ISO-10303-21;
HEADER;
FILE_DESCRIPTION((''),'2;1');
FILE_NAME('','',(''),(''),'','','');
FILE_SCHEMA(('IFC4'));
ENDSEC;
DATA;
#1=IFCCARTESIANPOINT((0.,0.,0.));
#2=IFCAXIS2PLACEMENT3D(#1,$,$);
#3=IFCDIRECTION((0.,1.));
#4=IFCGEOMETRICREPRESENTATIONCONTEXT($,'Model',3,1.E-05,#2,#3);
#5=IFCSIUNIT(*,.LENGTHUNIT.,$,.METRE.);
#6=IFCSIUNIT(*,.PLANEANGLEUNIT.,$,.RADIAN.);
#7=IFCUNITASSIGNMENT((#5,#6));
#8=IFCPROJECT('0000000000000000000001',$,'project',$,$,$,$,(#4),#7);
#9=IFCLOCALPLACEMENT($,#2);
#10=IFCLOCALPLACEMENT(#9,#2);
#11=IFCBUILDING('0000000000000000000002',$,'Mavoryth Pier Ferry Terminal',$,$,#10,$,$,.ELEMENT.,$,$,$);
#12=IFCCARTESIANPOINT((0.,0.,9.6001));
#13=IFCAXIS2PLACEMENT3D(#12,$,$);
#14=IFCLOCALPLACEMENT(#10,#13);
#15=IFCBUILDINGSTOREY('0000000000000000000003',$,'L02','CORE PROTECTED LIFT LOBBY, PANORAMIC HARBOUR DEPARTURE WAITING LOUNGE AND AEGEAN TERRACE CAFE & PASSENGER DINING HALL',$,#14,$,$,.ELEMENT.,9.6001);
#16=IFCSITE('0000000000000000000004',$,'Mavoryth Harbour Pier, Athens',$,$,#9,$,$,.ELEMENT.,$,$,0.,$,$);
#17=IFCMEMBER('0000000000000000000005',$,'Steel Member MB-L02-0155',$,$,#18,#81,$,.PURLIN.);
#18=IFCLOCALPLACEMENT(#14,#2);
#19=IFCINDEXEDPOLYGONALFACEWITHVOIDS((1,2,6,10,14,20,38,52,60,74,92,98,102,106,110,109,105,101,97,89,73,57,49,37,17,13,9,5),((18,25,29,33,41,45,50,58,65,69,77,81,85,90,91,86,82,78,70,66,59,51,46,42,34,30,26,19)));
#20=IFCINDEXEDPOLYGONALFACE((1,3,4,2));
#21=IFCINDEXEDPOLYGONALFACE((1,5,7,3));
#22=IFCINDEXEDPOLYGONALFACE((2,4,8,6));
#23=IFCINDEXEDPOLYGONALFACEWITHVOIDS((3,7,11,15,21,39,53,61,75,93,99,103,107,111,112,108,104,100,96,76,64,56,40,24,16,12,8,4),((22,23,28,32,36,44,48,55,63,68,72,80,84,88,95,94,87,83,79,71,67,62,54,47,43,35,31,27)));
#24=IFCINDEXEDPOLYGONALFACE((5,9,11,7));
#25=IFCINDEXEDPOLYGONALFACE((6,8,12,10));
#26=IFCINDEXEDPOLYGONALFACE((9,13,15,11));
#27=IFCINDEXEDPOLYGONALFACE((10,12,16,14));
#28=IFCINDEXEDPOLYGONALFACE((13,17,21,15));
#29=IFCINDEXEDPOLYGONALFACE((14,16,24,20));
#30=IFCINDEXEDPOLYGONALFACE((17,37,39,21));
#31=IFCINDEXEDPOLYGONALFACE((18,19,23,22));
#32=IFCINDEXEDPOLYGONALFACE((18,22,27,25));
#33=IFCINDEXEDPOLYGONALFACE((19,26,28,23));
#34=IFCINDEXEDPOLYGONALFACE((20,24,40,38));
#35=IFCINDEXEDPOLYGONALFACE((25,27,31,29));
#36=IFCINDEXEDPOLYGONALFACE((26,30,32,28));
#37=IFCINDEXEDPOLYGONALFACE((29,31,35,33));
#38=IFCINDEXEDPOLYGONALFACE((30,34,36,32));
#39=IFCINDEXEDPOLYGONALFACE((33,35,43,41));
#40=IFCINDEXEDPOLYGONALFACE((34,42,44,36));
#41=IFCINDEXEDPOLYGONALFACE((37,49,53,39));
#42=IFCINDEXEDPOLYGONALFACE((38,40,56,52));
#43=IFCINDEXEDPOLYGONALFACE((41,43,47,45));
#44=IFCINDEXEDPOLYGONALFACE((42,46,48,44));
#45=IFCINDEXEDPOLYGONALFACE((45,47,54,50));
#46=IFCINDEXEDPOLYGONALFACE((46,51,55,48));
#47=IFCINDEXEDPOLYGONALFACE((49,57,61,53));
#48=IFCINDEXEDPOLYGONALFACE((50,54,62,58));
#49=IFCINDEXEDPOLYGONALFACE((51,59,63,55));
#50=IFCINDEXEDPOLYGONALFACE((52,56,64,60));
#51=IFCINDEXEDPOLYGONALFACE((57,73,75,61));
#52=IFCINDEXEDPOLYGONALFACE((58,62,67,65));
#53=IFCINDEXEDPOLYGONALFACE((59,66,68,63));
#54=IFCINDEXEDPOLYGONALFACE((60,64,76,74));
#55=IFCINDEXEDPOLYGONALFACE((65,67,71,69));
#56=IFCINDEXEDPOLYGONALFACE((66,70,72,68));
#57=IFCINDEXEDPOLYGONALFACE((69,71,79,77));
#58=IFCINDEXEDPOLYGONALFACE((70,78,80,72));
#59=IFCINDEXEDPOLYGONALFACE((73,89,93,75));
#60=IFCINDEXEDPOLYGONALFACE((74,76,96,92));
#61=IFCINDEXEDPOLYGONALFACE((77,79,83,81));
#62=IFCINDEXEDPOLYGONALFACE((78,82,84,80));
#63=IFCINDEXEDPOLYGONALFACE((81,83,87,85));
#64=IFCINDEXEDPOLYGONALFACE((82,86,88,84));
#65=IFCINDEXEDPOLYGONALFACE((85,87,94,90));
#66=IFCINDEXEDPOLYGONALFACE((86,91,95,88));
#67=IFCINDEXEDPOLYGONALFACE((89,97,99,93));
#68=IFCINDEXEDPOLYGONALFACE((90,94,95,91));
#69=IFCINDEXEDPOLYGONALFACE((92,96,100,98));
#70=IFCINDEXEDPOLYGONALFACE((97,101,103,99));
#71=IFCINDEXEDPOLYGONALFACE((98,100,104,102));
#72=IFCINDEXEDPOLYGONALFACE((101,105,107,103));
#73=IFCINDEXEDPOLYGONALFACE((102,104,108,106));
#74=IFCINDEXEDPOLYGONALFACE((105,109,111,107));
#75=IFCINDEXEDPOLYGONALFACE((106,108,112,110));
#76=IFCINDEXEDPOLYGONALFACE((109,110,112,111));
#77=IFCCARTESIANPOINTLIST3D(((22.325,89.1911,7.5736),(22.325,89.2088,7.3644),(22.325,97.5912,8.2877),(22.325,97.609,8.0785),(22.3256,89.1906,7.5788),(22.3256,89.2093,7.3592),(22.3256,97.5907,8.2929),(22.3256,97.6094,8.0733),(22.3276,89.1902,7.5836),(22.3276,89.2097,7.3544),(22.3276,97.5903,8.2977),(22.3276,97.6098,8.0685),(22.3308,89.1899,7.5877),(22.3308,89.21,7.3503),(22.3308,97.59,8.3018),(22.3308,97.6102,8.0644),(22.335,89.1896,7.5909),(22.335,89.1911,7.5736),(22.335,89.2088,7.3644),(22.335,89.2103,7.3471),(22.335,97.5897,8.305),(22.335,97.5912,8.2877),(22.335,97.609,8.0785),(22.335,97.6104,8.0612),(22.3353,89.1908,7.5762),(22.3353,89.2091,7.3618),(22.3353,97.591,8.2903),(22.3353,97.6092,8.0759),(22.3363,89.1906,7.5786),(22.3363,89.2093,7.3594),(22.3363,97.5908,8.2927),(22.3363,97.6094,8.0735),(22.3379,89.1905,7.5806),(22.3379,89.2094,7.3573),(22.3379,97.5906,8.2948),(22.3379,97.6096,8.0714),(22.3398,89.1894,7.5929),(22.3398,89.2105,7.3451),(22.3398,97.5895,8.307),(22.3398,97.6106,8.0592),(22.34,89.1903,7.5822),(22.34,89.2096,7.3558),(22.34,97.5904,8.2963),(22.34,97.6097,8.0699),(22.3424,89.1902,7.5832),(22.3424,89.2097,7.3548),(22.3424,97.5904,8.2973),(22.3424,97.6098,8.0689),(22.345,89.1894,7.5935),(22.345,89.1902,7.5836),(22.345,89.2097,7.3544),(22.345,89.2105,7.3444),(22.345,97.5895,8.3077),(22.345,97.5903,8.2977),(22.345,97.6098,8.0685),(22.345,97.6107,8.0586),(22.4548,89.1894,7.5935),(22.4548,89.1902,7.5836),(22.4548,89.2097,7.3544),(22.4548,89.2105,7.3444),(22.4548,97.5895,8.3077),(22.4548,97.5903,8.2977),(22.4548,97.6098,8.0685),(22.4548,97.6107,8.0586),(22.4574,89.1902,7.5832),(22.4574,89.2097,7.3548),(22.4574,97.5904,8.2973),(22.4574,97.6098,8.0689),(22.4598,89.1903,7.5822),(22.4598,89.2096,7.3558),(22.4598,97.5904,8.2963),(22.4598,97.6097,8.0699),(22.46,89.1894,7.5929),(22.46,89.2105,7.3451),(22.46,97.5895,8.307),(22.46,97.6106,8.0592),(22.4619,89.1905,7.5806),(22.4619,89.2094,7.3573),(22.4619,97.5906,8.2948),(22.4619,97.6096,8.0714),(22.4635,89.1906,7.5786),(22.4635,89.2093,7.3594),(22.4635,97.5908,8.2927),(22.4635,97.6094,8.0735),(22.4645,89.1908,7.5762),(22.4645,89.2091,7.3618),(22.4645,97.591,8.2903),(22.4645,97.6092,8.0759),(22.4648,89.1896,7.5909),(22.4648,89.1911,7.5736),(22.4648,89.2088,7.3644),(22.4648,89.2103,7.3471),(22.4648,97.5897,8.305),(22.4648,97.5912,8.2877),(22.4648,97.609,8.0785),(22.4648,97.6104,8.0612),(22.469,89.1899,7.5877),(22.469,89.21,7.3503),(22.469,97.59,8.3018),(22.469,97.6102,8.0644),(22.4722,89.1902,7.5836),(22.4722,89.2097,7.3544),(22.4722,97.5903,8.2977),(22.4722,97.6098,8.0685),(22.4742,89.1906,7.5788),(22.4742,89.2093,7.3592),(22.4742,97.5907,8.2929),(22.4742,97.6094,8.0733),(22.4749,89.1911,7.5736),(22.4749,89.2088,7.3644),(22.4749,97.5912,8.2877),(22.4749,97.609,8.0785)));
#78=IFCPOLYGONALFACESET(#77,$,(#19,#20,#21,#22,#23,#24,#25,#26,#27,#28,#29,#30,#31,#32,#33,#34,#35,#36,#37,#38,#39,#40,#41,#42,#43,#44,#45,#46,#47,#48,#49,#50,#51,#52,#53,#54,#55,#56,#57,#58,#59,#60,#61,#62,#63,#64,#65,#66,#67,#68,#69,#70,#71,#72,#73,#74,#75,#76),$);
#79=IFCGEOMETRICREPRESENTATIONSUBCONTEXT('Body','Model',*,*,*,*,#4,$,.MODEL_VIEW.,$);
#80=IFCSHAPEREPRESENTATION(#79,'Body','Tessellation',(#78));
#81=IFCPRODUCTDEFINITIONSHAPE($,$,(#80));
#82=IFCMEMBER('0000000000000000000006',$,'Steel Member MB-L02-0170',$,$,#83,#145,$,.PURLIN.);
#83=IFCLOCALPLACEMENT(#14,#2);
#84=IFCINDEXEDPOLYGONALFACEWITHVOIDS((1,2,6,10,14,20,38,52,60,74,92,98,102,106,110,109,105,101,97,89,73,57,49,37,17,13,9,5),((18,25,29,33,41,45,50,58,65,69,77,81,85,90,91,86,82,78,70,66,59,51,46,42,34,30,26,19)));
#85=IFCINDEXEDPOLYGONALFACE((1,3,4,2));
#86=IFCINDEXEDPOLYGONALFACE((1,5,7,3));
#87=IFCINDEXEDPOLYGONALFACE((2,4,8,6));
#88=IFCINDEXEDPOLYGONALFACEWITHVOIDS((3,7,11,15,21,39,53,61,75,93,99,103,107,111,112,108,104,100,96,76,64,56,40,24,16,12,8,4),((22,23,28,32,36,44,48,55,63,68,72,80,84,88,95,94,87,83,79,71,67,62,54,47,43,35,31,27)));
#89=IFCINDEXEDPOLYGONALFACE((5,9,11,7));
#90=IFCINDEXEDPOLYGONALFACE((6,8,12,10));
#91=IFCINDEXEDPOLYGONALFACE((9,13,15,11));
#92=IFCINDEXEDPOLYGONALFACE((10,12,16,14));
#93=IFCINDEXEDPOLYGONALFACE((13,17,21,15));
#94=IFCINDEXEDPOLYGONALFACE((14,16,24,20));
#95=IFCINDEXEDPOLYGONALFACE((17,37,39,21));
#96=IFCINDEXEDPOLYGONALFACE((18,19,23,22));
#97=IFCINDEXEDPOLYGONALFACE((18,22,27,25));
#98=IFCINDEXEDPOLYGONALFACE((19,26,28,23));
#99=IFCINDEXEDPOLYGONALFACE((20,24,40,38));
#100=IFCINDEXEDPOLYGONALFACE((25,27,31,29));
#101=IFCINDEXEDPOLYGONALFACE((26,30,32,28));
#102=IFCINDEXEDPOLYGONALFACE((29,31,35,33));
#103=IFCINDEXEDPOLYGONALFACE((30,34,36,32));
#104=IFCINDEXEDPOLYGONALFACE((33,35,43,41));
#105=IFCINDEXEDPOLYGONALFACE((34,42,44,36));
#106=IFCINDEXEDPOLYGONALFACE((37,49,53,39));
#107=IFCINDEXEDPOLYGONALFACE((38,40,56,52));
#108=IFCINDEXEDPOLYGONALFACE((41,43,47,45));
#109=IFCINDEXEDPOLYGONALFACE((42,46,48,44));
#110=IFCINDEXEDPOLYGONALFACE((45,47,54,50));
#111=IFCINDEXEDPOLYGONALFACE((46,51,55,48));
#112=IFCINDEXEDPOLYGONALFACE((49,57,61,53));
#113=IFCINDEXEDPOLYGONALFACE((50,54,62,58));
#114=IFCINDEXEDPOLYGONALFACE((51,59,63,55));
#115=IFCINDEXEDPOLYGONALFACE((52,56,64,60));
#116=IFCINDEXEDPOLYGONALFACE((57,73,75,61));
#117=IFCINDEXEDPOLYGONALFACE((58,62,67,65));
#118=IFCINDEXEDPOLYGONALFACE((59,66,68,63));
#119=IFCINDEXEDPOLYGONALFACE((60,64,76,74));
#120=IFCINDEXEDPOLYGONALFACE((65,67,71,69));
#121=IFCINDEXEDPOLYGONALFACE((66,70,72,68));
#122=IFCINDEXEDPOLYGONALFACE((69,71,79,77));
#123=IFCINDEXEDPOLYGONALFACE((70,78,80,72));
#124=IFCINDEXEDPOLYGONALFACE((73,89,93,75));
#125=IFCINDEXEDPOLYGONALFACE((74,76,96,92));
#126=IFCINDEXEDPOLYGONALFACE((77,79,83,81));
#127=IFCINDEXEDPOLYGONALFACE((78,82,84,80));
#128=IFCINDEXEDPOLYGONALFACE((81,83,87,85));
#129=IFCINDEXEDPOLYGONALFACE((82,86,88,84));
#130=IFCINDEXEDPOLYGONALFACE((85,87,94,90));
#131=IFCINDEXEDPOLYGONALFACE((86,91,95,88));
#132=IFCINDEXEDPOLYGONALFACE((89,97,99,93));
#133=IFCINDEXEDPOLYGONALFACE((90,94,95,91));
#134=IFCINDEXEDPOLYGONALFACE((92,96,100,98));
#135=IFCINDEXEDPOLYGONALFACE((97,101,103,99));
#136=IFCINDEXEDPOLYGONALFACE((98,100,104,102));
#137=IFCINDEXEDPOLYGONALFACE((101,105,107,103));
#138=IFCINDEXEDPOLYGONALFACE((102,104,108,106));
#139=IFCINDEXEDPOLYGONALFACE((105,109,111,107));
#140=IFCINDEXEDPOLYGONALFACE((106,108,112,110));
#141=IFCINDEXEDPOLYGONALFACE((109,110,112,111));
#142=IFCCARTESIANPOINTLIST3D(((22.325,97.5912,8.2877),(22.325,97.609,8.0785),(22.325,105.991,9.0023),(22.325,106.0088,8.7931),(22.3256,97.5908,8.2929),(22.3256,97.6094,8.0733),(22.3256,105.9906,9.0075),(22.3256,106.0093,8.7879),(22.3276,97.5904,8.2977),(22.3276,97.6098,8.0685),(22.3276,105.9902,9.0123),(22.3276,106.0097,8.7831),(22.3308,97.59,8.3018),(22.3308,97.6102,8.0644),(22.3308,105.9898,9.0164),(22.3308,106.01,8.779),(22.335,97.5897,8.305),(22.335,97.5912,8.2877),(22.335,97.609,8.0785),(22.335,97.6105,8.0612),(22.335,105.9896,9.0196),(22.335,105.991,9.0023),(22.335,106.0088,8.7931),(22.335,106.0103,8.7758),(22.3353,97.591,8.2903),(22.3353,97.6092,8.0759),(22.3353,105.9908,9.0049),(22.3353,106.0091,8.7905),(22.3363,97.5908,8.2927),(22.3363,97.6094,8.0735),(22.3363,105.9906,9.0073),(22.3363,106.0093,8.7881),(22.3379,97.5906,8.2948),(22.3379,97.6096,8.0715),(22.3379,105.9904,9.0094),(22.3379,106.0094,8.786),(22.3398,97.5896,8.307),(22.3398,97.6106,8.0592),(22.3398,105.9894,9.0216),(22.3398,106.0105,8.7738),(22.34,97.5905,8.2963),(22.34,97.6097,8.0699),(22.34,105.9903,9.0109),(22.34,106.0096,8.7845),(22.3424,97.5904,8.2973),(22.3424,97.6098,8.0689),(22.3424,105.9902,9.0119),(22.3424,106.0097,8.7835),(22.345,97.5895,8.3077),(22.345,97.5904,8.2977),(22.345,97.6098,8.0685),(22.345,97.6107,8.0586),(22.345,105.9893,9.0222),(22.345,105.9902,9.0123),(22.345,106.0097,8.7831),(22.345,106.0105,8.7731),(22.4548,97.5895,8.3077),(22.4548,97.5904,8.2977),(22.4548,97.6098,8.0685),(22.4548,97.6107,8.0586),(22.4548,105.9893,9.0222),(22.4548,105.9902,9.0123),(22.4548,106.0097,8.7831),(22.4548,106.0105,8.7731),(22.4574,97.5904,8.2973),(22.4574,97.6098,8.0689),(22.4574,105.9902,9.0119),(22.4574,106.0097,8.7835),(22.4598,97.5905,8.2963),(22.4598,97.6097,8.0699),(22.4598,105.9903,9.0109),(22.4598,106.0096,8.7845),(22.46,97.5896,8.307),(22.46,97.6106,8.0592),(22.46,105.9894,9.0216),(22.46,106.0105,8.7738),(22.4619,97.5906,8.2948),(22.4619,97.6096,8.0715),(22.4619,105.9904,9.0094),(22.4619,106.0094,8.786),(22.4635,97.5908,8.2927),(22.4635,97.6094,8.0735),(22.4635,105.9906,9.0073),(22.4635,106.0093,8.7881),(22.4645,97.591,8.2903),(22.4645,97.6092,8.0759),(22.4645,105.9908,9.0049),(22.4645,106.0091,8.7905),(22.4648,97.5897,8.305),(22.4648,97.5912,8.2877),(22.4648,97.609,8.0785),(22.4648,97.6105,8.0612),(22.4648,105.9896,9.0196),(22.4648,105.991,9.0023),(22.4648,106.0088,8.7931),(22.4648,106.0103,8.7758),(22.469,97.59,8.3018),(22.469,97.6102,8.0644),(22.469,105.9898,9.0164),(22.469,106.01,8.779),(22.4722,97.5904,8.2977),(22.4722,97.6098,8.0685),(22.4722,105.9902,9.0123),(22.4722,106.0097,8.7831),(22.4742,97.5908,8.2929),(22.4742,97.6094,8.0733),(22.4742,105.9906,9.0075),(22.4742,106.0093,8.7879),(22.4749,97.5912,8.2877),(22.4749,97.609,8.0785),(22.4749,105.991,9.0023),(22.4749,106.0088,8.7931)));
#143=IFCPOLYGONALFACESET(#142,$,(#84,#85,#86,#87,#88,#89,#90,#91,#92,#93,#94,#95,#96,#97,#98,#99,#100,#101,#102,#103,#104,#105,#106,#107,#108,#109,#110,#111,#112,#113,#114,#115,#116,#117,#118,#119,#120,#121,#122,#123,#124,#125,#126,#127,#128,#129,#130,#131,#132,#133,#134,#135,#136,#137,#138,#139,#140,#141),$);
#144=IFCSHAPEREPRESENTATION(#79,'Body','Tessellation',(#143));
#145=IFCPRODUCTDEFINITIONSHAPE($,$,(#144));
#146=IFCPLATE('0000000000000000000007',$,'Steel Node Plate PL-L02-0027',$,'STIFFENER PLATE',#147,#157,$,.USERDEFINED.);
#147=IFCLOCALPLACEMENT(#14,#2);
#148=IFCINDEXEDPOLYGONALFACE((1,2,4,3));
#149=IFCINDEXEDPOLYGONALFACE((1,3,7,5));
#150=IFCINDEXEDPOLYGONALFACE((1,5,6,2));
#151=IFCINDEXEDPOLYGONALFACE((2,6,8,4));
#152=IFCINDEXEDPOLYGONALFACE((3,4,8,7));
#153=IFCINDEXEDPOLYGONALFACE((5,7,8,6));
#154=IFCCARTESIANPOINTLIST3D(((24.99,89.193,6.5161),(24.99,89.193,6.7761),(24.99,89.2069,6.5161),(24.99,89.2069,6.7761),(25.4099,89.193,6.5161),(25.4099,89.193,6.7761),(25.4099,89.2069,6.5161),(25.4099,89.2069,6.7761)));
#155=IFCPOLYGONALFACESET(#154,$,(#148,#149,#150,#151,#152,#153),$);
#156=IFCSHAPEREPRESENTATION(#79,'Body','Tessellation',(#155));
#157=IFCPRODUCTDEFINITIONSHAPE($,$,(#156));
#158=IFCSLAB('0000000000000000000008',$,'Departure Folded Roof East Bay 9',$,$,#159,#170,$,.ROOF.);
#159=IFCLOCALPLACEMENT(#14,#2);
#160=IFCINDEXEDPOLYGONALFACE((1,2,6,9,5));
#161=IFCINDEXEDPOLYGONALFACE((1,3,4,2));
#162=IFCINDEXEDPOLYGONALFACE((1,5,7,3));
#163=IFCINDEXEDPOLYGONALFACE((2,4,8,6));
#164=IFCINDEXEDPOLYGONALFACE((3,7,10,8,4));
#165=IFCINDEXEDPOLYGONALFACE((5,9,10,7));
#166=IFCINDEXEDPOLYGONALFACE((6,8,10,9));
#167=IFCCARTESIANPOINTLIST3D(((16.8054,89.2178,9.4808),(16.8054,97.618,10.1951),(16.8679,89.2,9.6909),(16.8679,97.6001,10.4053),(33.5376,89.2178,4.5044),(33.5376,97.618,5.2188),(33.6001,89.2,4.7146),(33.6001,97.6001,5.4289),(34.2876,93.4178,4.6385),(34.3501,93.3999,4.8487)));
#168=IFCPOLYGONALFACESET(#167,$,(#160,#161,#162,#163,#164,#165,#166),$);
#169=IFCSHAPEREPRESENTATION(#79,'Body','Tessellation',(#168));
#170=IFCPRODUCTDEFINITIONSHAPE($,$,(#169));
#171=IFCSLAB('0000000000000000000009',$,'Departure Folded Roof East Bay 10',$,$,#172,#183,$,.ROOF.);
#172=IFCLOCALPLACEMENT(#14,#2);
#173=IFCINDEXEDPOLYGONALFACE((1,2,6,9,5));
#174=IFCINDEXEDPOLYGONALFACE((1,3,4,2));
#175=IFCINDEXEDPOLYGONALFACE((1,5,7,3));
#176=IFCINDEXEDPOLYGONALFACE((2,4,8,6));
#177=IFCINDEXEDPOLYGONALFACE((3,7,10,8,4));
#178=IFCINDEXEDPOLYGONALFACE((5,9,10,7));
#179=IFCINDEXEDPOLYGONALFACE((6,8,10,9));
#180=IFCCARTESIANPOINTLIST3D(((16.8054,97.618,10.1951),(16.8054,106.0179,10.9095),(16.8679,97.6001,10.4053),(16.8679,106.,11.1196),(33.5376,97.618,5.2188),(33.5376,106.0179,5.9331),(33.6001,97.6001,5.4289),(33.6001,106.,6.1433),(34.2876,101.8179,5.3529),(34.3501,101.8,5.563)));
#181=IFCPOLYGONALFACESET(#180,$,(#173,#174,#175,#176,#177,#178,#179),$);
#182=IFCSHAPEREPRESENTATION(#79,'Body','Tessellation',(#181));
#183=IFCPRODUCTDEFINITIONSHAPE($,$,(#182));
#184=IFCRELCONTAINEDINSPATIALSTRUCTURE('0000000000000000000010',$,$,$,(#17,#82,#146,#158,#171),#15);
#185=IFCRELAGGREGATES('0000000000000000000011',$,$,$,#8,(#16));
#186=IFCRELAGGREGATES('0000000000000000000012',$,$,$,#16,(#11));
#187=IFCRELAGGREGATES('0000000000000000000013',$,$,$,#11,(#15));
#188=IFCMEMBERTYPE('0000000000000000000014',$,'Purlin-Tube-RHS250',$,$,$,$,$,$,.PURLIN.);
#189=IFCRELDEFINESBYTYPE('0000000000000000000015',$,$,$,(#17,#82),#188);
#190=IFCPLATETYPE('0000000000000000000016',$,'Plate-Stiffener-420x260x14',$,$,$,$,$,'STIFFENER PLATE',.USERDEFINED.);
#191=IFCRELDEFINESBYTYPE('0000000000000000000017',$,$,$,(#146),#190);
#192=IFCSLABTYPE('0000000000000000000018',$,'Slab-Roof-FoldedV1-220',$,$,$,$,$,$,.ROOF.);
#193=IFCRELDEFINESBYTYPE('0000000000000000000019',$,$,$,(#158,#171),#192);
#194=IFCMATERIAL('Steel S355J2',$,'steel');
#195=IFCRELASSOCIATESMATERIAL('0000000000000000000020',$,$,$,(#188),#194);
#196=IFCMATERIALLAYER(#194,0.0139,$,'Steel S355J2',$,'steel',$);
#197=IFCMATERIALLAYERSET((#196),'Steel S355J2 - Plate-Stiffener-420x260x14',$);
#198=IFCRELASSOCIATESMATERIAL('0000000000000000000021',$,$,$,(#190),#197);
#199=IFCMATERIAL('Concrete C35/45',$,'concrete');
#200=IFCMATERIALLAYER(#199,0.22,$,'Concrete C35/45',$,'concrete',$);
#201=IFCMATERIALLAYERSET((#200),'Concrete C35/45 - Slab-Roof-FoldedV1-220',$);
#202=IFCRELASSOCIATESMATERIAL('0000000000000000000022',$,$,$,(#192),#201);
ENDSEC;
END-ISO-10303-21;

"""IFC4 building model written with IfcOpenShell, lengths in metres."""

from ifc_helpers import new_model, si_unit, direction, frame, origin, origin_2d, place, context, subcontext, project, spatial, polyline, rectangle, hollow_rectangle, outline, extrude, material, layer, layer_set, material_profile, profile_set, type_object, element, save


model = new_model("IFC4")

# Units and contexts
model_context = context("Model", 3, precision=1e-05, world=origin(), true_north=direction((0.0, 1.0)))
body_context = subcontext(model_context, "Body", "Model", "MODEL_VIEW")
ifc_project = project(units=[si_unit("LENGTHUNIT", "METRE"), si_unit("PLANEANGLEUNIT", "RADIAN")], contexts=[model_context])

# Site, building, storey
site_placement = place(None, origin())
site = spatial("IfcSite", under=ifc_project, at=site_placement, Name="Mavoryth Harbour Pier, Athens", CompositionType="ELEMENT", RefElevation=0.0)
building_placement = place(site_placement, origin())
building = spatial("IfcBuilding", under=site, at=building_placement, Name="Mavoryth Pier Ferry Terminal", CompositionType="ELEMENT")
storey_placement = place(building_placement, frame((0.0, 0.0, 9.6001)))
storey = spatial("IfcBuildingStorey", under=building, at=storey_placement, Name="L02", Description="CORE PROTECTED LIFT LOBBY, PANORAMIC HARBOUR DEPARTURE WAITING LOUNGE AND AEGEAN TERRACE CAFE & PASSENGER DINING HALL", CompositionType="ELEMENT", Elevation=9.6001)

# Shared definitions
ifc_material_1 = material(Name="Steel S355J2", Category="steel")

# Shared definitions
ifc_material_2 = material(Name="Concrete C35/45", Category="concrete")

# Members
ifc_material_profile_1 = material_profile(ifc_material_1, hollow_rectangle(XDim=0.1499, YDim=0.25, WallThickness=0.01, InnerFilletRadius=0.01, OuterFilletRadius=0.02, at=origin_2d()), Name="RHS 250x150x10.0", Category="steel")
ifc_profile_set_1 = profile_set([ifc_material_profile_1], Name="Steel S355J2 - RHS 250x150x10.0")
member_type_1 = type_object("IfcMemberType", Name="Purlin-Tube-RHS250", PredefinedType="PURLIN", material=ifc_profile_set_1)
member_1_placement = place(storey_placement, frame((22.3999, 89.2, 7.469), z_axis=(0.0, 0.996406, 0.084706), x_axis=(-1.0, 0.0, 0.0)))
element("IfcMember", 1, at=member_1_placement, inside=storey, type_object=member_type_1, Name="Steel Member MB-L02-0155", PredefinedType="PURLIN", context=body_context, shape_type="SweptSolid", body=[
    extrude(hollow_rectangle(XDim=0.1499, YDim=0.25, WallThickness=0.01, InnerFilletRadius=0.01, OuterFilletRadius=0.02, at=origin_2d()), origin(), (0.0, 0.0, 1.0), 8.4304),
])
member_2_placement = place(storey_placement, frame((22.3999, 97.6001, 8.1831), z_axis=(0.0, 0.996401, 0.084766), x_axis=(-1.0, 0.0, 0.0)))
element("IfcMember", 2, at=member_2_placement, inside=storey, type_object=member_type_1, Name="Steel Member MB-L02-0170", PredefinedType="PURLIN", context=body_context, shape_type="SweptSolid", body=[
    extrude(hollow_rectangle(XDim=0.1499, YDim=0.25, WallThickness=0.01, InnerFilletRadius=0.01, OuterFilletRadius=0.02, at=origin_2d()), origin(), (0.0, 0.0, 1.0), 8.4302),
])

# Plate
ifc_layer_1 = layer(ifc_material_1, 0.0139, Name="Steel S355J2", Category="steel")
ifc_layer_set_1 = layer_set([ifc_layer_1], Name="Steel S355J2 - Plate-Stiffener-420x260x14")
plate_type = type_object("IfcPlateType", Name="Plate-Stiffener-420x260x14", ElementType="STIFFENER PLATE", PredefinedType="USERDEFINED", material=ifc_layer_set_1)
plate_placement = place(storey_placement, frame((25.2, 89.2, 6.5161), z_axis=(0.0, 0.0, 1.0), x_axis=(1.0, 0.0, 0.0)))
element("IfcPlate", 3, at=plate_placement, inside=storey, type_object=plate_type, Name="Steel Node Plate PL-L02-0027", ObjectType="STIFFENER PLATE", PredefinedType="USERDEFINED", context=body_context, shape_type="SweptSolid", body=[
    extrude(rectangle(XDim=0.4199, YDim=0.0139, at=origin_2d()), origin(), (0.0, 0.0, 1.0), 0.26),
])

# Slabs
ifc_layer_2 = layer(ifc_material_2, 0.22, Name="Concrete C35/45", Category="concrete")
ifc_layer_set_2 = layer_set([ifc_layer_2], Name="Concrete C35/45 - Slab-Roof-FoldedV1-220")
slab_type = type_object("IfcSlabType", Name="Slab-Roof-FoldedV1-220", PredefinedType="ROOF", material=ifc_layer_set_2)
slab_1_placement = place(storey_placement, frame((16.8679, 89.2, 9.6909), z_axis=(0.284129, -0.081243, 0.955338), x_axis=(0.958506, 0.0, -0.285072)))
element("IfcSlab", 4, at=slab_1_placement, inside=storey, type_object=slab_type, Name="Departure Folded Roof East Bay 9", PredefinedType="ROOF", context=body_context, shape_type="SweptSolid", body=[
    extrude(outline(polyline([(0.0, 0.0), (17.4565, 0.0), (18.1372, 4.2139), (17.2529, 8.428), (-0.2036, 8.428), (0.0, 0.0)])), origin(), (0.0, 0.0, -1.0), 0.22),
])
slab_2_placement = place(storey_placement, frame((16.8679, 97.6001, 10.4053), z_axis=(0.284129, -0.081245, 0.955337), x_axis=(0.958506, 0.0, -0.285072)))
element("IfcSlab", 5, at=slab_2_placement, inside=storey, type_object=slab_type, Name="Departure Folded Roof East Bay 10", PredefinedType="ROOF", context=body_context, shape_type="SweptSolid", body=[
    extrude(outline(polyline([(0.0, 0.0), (17.4565, 0.0), (18.1372, 4.2139), (17.2529, 8.4278), (-0.2036, 8.4278), (0.0, 0.0)])), origin(), (0.0, 0.0, -1.0), 0.22),
])

save(model, "model.ifc")
